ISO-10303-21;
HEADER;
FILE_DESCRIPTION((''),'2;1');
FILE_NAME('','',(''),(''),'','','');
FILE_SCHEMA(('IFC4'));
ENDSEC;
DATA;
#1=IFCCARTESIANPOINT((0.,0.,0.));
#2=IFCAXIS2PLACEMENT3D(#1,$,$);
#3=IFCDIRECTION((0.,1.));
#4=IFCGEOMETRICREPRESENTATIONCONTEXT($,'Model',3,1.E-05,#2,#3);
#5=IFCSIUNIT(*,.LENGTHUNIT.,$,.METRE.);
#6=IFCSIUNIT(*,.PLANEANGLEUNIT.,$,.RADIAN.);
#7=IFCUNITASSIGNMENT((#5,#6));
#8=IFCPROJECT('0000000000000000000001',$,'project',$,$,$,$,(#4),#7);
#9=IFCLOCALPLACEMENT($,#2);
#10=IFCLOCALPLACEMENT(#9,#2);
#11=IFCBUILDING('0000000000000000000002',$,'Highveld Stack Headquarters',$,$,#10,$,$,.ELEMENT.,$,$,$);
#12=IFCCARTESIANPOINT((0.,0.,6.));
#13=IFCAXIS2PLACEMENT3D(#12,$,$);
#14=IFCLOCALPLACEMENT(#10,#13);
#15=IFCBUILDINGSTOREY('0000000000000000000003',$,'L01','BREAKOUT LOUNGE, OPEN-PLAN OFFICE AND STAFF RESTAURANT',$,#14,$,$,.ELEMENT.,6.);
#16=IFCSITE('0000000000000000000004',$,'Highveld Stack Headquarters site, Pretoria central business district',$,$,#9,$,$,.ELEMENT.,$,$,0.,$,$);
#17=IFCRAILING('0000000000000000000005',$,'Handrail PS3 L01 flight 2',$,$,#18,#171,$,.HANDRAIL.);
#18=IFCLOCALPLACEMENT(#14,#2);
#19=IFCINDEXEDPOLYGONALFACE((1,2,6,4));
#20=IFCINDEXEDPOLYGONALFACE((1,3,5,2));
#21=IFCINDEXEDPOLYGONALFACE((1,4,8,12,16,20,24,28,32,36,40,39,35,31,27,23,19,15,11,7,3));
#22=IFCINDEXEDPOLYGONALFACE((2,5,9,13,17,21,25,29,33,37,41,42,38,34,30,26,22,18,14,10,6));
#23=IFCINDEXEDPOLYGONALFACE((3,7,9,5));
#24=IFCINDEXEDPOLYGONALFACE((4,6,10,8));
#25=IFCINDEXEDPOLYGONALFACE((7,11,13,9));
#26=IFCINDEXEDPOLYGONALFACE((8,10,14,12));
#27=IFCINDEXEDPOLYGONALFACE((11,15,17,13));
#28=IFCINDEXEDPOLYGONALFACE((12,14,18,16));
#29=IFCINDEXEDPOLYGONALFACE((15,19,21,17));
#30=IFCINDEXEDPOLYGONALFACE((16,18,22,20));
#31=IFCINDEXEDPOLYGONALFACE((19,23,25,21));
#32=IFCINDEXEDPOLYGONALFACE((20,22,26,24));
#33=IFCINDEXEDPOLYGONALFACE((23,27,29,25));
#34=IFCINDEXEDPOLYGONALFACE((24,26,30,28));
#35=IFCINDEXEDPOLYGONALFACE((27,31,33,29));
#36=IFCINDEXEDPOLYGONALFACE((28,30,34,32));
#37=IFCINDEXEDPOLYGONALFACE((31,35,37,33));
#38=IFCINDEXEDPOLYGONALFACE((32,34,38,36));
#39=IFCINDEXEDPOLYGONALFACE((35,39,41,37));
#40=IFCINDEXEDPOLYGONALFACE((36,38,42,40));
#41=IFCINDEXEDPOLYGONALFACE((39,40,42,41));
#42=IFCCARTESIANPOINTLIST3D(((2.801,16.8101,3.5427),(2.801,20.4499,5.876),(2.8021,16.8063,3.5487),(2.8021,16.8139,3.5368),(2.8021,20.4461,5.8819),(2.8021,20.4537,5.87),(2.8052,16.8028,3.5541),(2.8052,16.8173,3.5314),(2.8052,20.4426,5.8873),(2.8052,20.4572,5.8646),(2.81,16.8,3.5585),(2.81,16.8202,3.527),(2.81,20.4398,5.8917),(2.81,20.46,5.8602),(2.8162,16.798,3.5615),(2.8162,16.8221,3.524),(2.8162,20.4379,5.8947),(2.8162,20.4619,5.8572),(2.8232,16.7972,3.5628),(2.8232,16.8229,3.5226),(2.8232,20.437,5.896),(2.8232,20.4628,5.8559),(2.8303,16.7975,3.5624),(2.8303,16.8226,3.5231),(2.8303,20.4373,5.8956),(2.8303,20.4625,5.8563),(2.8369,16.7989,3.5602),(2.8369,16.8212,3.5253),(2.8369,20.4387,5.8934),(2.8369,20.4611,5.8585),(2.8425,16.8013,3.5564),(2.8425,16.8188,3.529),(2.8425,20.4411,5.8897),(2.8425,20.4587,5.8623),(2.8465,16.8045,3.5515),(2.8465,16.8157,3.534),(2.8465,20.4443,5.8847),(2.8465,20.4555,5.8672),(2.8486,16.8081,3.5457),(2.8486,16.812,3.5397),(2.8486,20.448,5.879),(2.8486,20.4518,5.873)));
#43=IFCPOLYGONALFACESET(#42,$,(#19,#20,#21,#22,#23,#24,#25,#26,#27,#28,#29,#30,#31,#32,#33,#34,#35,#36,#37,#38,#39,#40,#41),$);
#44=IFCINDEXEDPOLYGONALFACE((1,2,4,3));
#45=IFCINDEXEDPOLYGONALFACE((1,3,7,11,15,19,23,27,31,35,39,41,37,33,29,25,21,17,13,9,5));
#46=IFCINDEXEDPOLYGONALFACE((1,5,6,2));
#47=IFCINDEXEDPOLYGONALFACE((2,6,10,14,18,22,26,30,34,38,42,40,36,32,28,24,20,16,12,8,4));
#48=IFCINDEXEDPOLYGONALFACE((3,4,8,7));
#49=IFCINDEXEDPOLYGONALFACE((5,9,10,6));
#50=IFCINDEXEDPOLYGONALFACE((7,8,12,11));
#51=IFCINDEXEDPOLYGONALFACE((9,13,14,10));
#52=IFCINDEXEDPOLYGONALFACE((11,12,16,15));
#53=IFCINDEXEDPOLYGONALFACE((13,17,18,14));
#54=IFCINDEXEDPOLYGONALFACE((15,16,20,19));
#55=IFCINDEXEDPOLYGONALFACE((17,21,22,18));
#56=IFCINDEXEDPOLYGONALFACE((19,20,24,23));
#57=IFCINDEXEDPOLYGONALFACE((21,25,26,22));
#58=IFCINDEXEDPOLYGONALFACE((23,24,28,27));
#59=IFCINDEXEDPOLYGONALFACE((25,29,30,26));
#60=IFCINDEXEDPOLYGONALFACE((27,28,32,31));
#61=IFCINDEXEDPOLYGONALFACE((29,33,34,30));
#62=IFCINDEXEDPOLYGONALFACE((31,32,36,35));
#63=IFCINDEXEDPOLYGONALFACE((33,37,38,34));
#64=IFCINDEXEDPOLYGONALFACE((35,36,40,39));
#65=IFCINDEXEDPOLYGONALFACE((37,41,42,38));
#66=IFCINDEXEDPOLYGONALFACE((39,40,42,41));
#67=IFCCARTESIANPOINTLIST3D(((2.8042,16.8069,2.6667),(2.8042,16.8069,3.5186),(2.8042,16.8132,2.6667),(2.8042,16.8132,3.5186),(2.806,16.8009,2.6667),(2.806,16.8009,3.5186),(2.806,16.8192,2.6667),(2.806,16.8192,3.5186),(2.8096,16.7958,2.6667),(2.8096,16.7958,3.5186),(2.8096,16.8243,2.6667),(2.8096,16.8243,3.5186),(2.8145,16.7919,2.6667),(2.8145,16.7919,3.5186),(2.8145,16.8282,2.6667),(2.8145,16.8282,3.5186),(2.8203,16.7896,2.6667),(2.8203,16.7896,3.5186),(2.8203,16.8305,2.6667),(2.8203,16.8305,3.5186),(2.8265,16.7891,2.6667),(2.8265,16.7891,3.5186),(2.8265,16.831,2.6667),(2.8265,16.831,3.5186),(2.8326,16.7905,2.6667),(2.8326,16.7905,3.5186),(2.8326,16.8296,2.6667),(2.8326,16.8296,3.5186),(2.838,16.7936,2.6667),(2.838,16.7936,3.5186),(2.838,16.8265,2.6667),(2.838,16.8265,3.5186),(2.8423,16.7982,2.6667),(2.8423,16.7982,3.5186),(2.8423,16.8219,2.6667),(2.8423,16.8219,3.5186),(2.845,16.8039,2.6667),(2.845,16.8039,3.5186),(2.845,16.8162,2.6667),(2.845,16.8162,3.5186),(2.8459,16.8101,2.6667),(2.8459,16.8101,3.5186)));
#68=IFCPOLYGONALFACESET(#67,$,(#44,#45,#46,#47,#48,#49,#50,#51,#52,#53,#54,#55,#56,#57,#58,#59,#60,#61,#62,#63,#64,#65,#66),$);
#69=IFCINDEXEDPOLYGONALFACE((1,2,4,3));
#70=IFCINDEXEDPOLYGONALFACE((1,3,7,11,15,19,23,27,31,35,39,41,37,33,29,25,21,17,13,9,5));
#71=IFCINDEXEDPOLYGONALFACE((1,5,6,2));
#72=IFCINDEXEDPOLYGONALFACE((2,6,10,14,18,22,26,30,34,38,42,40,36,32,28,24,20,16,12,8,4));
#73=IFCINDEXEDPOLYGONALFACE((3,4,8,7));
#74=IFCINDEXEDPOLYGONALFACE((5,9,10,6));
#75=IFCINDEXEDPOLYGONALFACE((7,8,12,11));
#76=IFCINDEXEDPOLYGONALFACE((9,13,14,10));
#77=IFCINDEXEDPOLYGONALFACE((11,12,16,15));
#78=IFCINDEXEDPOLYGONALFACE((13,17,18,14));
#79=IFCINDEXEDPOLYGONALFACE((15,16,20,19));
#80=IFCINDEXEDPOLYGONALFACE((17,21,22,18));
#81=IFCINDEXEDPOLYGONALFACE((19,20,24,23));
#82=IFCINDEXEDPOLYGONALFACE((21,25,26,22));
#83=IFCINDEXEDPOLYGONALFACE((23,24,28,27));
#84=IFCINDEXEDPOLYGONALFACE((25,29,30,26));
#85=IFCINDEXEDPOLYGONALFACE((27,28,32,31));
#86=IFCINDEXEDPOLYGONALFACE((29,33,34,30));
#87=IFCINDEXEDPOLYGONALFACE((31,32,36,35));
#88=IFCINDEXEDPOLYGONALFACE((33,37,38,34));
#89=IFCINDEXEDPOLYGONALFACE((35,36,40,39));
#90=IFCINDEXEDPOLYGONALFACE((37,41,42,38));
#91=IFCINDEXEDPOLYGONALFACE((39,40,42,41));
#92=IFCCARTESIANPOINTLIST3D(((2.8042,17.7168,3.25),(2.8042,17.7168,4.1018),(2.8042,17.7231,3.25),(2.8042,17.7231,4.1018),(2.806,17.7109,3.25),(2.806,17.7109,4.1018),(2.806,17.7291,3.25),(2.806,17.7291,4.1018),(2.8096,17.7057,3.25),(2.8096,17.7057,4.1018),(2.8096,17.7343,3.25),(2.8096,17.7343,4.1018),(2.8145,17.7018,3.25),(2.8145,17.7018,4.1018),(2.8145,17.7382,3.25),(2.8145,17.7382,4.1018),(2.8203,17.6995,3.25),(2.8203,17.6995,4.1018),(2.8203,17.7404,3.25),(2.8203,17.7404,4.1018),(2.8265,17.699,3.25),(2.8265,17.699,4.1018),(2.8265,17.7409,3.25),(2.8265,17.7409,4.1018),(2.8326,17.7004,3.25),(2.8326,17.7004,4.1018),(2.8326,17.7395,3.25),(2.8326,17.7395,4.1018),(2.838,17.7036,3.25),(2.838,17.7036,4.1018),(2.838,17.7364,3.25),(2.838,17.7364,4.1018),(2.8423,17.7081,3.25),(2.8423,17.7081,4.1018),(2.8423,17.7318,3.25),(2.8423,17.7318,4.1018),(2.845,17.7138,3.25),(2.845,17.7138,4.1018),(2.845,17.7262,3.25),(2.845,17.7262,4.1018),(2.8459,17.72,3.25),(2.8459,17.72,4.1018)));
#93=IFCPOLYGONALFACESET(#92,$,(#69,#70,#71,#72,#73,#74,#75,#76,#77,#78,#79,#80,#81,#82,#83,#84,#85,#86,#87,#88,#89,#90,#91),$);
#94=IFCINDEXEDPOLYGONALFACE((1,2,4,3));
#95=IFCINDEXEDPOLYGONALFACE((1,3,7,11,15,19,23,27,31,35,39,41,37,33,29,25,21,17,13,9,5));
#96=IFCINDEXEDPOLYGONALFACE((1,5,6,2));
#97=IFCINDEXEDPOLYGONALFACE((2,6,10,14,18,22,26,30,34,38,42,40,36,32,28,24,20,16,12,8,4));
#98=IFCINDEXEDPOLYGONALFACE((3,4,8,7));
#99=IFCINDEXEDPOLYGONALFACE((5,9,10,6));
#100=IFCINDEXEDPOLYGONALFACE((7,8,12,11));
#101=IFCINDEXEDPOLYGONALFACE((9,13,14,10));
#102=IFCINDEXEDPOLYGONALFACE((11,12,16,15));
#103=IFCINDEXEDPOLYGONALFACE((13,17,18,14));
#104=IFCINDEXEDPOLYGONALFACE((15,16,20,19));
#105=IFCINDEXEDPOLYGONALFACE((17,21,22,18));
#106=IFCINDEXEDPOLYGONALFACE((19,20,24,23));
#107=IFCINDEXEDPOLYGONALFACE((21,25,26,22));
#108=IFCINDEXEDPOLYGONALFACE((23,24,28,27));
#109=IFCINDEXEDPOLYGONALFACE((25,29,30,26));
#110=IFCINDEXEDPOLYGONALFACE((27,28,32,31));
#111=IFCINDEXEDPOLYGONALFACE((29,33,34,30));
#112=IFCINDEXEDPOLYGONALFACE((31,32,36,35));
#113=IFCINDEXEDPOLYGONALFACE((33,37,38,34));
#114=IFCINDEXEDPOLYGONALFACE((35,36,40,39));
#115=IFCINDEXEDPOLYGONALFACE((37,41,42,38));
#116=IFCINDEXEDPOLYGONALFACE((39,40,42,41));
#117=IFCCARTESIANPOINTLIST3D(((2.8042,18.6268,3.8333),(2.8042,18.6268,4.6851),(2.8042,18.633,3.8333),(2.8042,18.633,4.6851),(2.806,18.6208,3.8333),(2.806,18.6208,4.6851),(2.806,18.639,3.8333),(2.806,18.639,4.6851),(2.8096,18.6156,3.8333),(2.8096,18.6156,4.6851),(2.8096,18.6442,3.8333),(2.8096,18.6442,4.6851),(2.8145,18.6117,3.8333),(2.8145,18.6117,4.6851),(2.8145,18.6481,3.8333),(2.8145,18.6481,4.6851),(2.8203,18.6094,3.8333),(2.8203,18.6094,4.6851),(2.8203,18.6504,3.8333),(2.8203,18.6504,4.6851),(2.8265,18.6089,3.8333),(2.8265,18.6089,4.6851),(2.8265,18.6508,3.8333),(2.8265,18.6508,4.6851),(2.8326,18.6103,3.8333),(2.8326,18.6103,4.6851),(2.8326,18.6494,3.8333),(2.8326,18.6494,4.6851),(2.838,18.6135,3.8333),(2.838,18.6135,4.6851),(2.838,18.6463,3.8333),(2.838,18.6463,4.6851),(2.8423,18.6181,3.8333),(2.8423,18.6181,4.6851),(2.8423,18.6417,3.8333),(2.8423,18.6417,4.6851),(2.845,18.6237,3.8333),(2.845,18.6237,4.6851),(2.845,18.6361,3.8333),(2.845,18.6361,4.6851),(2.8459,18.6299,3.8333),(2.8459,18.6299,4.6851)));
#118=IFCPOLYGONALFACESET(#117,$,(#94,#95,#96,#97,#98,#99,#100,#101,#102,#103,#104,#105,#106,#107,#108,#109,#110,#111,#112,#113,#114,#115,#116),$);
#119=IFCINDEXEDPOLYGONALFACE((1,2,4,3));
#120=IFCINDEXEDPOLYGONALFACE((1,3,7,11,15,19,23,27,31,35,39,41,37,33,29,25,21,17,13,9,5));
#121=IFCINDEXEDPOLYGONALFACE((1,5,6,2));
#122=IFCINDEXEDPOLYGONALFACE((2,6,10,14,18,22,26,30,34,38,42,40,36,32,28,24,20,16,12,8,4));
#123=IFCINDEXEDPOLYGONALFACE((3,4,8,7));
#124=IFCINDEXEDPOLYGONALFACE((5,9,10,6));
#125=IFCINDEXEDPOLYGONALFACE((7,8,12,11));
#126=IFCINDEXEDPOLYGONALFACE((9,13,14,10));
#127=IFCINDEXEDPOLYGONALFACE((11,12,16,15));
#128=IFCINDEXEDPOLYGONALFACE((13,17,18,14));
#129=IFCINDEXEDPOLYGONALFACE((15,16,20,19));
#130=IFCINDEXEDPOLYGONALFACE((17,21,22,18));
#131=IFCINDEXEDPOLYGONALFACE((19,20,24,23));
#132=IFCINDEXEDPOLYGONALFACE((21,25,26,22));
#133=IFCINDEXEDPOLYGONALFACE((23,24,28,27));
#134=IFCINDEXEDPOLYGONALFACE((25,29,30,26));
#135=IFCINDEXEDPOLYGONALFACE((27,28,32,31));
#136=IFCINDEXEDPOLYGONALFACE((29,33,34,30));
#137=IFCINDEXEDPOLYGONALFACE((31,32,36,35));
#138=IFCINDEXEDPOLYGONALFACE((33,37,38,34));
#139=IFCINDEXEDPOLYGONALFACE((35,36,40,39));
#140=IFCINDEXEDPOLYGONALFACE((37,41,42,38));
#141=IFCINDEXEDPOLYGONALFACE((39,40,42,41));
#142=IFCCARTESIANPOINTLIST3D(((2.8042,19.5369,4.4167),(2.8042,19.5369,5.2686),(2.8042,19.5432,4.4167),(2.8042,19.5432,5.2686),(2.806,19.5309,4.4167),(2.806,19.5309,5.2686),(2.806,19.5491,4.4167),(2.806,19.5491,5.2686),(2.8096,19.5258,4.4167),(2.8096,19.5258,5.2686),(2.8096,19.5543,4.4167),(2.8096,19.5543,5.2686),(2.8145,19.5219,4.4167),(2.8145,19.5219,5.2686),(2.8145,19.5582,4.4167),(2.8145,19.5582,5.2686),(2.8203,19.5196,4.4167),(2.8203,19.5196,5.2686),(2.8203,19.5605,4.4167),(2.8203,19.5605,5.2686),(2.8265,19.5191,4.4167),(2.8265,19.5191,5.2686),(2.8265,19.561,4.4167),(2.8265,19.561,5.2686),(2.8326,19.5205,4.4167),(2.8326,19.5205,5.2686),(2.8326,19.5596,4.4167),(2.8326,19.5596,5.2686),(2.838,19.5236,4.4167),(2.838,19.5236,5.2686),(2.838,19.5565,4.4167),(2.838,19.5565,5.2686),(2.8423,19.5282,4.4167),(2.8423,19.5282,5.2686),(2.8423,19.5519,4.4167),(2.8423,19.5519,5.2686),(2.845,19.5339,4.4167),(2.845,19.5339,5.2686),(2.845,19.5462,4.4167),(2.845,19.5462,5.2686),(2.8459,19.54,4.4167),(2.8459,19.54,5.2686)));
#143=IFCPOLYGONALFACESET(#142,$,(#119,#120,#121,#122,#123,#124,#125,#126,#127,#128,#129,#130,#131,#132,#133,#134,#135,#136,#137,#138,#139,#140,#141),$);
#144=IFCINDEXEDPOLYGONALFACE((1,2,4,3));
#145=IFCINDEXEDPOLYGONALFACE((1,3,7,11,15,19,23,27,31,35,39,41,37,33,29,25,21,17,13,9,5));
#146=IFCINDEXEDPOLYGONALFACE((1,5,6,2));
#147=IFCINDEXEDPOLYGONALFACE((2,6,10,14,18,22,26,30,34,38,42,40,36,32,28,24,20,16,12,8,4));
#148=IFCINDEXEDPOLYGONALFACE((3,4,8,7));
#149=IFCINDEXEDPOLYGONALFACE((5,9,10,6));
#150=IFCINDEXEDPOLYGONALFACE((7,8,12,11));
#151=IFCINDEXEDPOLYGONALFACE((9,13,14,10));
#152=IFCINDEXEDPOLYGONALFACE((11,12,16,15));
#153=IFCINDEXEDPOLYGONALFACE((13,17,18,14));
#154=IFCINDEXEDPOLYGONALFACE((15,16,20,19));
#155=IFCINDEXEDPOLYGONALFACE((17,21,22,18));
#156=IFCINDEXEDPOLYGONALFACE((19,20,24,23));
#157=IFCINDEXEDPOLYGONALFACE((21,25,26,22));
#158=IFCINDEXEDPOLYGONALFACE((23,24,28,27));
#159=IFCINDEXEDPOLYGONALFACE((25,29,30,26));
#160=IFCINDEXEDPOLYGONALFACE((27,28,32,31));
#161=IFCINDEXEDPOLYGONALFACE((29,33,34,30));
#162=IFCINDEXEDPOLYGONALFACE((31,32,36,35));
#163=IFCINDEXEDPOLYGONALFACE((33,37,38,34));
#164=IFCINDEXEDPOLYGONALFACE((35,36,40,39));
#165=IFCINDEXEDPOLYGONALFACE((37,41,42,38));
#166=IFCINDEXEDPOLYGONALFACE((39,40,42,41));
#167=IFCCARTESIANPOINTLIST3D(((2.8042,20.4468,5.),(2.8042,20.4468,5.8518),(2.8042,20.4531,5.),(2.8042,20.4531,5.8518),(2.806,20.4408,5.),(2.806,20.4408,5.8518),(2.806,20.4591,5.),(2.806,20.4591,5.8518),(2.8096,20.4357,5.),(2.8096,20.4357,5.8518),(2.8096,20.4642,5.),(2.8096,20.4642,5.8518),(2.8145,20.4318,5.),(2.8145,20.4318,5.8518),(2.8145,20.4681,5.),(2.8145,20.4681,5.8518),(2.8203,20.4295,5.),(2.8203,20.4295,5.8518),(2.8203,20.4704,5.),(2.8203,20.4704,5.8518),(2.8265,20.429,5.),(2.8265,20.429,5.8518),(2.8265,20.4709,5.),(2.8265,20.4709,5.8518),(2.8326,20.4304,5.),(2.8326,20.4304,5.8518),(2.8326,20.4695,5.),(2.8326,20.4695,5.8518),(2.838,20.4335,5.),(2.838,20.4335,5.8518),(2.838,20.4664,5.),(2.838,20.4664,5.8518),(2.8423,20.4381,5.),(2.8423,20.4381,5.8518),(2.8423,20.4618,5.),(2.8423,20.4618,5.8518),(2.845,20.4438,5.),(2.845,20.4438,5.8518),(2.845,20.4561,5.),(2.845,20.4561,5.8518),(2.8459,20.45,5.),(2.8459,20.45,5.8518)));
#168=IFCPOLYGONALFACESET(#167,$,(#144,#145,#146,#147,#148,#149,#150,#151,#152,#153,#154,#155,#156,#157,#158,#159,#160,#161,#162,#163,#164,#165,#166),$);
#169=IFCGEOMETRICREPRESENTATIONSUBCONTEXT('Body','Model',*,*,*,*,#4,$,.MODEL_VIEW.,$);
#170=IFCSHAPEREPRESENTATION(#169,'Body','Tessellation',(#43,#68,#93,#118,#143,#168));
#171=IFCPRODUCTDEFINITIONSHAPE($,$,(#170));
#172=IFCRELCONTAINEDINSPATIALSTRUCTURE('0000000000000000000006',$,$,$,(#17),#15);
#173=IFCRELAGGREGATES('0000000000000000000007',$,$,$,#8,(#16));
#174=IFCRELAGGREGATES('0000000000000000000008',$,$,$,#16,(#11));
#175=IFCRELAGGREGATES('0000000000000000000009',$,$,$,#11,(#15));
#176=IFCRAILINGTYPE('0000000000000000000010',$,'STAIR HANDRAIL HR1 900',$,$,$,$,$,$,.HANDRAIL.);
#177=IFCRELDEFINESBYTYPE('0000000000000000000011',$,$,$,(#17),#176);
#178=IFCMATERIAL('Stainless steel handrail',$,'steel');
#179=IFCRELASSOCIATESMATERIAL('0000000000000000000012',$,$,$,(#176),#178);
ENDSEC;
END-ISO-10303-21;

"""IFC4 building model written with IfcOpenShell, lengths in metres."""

from ifc_helpers import new_model, si_unit, direction, frame, origin, origin_2d, place, context, subcontext, project, spatial, circle, extrude, material, type_object, element, save


model = new_model("IFC4")

# Units and contexts
model_context = context("Model", 3, precision=1e-05, world=origin(), true_north=direction((0.0, 1.0)))
body_context = subcontext(model_context, "Body", "Model", "MODEL_VIEW")
ifc_project = project(units=[si_unit("LENGTHUNIT", "METRE"), si_unit("PLANEANGLEUNIT", "RADIAN")], contexts=[model_context])

# Site, building, storey
site_placement = place(None, origin())
site = spatial("IfcSite", under=ifc_project, at=site_placement, Name="Highveld Stack Headquarters site, Pretoria central business district", CompositionType="ELEMENT", RefElevation=0.0)
building_placement = place(site_placement, origin())
building = spatial("IfcBuilding", under=site, at=building_placement, Name="Highveld Stack Headquarters", CompositionType="ELEMENT")
storey_placement = place(building_placement, frame((0.0, 0.0, 6.0)))
storey = spatial("IfcBuildingStorey", under=building, at=storey_placement, Name="L01", Description="BREAKOUT LOUNGE, OPEN-PLAN OFFICE AND STAFF RESTAURANT", CompositionType="ELEMENT", Elevation=6.0)

# Railing
ifc_material_1 = material(Name="Stainless steel handrail", Category="steel")
railing_type = type_object("IfcRailingType", Name="STAIR HANDRAIL HR1 900", PredefinedType="HANDRAIL", material=ifc_material_1)
for number, where, name in (
    (1, (2.825, 16.8101, 2.6667), "Handrail PS3 L01 flight 2"),
):
    element("IfcRailing", number, at=place(storey_placement, frame(where)), inside=storey, type_object=railing_type, Name=name, PredefinedType="HANDRAIL", context=body_context, shape_type="SweptSolid", body=[
        extrude(circle(Radius=0.0239, at=origin_2d()), frame((0.0, 0.0, 0.876), z_axis=(0.0, 0.84188, 0.539664), x_axis=(-1.0, 0.0, 0.0)), (0.0, 0.0, 1.0), 4.3235),
        extrude(circle(Radius=0.021, at=origin_2d()), origin(), (0.0, 0.0, 1.0), 0.8518),
        extrude(circle(Radius=0.021, at=origin_2d()), frame((0.0, 0.9099, 0.5833)), (0.0, 0.0, 1.0), 0.8518),
        extrude(circle(Radius=0.021, at=origin_2d()), frame((0.0, 1.8198, 1.1665)), (0.0, 0.0, 1.0), 0.8518),
        extrude(circle(Radius=0.021, at=origin_2d()), frame((0.0, 2.73, 1.75)), (0.0, 0.0, 1.0), 0.8518),
        extrude(circle(Radius=0.021, at=origin_2d()), frame((0.0, 3.6399, 2.3333)), (0.0, 0.0, 1.0), 0.8518),
    ])

save(model, "model.ifc")
